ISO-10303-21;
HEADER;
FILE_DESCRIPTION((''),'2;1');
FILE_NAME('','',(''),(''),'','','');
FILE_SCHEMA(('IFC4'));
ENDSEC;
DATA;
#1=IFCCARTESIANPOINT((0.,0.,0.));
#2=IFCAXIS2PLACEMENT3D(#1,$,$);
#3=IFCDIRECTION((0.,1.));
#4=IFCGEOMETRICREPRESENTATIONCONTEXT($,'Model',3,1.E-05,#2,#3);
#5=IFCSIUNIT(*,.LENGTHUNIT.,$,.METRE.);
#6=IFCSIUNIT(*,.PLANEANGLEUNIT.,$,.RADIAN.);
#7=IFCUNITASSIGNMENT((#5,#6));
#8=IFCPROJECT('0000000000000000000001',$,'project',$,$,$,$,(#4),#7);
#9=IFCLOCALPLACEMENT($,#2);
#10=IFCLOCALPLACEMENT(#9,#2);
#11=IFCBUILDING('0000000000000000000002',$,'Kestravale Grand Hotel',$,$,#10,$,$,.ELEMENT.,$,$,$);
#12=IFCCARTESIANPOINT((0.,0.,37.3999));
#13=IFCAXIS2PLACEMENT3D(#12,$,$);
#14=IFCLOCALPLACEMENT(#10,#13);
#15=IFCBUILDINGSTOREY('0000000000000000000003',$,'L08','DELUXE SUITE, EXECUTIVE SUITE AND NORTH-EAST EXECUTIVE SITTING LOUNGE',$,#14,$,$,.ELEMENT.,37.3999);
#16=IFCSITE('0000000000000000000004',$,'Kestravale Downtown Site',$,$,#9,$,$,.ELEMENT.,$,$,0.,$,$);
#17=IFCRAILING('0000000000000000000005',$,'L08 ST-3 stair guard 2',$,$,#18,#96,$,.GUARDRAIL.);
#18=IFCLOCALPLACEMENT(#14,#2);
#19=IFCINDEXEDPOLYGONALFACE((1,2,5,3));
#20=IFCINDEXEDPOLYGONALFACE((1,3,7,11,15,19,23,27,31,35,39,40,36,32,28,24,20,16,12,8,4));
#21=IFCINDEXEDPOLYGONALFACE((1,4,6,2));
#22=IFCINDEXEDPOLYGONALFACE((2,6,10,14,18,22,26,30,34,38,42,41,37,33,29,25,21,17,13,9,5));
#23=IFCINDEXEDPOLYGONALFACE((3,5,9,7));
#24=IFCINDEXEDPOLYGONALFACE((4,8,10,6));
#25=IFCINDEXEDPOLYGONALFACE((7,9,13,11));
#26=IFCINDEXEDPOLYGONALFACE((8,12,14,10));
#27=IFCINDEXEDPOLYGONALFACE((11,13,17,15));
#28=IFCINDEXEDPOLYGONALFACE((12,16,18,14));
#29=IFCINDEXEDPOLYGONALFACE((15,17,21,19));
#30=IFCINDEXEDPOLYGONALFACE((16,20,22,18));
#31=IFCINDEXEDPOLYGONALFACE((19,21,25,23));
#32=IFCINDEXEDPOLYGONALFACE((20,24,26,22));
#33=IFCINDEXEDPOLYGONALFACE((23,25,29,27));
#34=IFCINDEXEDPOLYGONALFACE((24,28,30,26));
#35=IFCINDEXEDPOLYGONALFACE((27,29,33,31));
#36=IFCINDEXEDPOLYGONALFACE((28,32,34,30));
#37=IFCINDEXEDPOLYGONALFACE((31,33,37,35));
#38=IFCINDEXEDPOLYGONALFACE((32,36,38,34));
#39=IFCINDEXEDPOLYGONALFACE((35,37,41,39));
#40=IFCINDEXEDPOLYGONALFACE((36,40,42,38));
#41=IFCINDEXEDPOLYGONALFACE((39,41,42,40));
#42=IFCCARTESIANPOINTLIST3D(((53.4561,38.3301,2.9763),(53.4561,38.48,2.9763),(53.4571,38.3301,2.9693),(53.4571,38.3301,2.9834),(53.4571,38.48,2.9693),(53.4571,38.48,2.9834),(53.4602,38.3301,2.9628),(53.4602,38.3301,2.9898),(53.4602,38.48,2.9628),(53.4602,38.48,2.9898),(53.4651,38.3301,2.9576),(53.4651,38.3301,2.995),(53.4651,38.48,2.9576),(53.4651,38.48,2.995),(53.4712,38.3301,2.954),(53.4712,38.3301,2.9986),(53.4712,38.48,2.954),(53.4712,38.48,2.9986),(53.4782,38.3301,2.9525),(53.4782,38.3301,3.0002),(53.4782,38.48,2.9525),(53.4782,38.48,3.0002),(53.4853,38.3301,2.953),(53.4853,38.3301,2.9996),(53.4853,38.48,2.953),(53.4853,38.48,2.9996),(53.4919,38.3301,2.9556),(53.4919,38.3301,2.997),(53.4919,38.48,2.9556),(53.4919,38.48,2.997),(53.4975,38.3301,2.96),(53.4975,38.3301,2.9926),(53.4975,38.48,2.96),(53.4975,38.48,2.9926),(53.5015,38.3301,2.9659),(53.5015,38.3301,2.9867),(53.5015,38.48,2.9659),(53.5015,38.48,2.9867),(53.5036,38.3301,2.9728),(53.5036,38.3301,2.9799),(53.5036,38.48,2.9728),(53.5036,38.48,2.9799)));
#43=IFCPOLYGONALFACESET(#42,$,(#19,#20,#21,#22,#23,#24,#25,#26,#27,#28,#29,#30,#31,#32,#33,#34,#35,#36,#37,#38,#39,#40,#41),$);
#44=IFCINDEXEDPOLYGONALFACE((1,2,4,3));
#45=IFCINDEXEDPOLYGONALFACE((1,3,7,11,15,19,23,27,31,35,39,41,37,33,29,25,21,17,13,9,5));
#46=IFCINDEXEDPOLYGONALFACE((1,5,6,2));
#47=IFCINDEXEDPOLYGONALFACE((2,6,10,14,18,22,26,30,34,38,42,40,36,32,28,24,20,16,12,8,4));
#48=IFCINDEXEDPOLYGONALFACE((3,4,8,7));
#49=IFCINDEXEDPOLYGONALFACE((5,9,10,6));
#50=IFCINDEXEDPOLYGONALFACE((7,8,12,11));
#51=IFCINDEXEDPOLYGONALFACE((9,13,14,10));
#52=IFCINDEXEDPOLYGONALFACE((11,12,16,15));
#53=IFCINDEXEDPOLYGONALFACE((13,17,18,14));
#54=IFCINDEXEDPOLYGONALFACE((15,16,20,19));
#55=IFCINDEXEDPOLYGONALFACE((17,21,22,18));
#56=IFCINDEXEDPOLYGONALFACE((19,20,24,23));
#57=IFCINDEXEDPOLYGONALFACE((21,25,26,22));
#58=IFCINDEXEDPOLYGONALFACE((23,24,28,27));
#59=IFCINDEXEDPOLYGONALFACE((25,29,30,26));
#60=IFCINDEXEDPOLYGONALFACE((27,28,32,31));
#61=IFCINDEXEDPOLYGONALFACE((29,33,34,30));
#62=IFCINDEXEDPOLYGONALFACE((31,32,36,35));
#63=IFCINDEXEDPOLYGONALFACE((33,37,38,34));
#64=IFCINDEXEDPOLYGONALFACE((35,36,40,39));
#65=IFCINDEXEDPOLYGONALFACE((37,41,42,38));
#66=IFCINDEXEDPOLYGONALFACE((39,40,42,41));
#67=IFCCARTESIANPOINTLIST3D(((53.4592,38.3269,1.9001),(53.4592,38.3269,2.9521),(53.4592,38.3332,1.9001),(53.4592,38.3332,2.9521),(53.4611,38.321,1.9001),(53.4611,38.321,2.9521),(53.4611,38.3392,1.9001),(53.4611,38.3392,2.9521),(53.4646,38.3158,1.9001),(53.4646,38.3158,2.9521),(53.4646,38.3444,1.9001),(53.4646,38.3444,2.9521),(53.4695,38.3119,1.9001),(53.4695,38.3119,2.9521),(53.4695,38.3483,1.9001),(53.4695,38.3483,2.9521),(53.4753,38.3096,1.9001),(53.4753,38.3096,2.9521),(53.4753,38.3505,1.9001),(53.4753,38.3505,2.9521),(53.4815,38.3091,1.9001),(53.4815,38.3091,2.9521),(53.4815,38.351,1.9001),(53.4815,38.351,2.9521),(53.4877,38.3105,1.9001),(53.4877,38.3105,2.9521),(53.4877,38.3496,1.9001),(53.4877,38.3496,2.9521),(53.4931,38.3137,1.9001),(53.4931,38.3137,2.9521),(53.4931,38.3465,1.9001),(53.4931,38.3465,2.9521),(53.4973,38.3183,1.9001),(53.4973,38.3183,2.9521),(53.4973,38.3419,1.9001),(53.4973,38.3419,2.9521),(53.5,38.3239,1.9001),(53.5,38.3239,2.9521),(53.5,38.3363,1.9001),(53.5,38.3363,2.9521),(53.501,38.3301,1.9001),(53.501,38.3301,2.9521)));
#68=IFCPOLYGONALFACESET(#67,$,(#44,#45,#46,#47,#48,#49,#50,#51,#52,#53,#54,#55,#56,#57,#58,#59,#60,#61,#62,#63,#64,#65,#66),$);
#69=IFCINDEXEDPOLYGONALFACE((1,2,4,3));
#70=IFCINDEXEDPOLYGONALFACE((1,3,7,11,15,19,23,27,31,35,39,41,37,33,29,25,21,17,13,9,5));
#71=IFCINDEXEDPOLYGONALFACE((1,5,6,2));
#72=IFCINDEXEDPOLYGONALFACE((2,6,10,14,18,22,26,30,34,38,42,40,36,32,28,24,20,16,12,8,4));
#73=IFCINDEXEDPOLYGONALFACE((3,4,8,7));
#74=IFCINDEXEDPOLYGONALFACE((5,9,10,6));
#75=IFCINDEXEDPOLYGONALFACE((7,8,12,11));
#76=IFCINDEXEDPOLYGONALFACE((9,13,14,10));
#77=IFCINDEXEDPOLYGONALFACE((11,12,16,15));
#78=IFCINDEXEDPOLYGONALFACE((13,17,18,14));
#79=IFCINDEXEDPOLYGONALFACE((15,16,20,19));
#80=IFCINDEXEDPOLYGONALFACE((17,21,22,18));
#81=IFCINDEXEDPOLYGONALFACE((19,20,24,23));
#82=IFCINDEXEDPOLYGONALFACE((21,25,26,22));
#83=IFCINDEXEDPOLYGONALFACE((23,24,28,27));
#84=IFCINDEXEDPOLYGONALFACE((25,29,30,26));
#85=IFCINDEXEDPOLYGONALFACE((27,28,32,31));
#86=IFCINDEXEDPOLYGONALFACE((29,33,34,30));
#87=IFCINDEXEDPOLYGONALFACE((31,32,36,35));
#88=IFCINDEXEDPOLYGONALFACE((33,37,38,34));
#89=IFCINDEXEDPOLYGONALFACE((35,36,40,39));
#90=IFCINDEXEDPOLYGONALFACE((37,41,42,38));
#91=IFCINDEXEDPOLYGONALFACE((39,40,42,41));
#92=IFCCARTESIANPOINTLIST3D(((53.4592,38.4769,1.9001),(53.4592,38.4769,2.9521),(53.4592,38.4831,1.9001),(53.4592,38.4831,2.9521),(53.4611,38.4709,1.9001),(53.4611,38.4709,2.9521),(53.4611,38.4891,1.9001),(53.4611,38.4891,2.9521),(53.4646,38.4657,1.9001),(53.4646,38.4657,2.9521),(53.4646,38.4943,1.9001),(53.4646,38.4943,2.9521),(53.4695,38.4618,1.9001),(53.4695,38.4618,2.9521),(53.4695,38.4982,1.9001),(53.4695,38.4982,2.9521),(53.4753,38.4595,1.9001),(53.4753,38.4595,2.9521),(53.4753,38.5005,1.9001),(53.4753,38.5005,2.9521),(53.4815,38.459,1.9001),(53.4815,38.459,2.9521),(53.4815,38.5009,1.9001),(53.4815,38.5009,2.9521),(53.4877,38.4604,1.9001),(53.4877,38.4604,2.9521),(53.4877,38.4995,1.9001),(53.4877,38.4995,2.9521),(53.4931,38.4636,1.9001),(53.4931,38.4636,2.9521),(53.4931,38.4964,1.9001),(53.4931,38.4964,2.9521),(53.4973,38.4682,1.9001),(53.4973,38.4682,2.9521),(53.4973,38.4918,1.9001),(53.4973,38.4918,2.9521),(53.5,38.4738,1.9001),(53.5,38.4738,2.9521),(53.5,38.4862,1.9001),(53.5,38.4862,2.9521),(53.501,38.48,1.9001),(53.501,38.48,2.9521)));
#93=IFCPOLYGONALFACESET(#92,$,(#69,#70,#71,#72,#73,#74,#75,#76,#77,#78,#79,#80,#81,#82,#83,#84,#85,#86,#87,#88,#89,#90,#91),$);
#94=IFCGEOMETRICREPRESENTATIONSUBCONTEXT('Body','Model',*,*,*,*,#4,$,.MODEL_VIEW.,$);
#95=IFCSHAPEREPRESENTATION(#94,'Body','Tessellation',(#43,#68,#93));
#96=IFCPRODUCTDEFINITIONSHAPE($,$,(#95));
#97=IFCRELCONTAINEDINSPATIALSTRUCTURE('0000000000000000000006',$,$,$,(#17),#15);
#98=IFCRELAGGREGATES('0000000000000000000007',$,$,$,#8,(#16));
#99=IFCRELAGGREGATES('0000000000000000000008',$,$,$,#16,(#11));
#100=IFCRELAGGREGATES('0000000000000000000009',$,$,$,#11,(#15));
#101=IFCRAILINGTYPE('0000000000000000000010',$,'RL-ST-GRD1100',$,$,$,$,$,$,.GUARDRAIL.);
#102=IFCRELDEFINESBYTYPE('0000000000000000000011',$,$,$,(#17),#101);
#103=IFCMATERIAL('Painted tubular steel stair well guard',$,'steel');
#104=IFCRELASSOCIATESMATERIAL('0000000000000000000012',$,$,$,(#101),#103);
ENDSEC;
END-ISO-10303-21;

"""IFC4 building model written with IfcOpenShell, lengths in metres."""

from ifc_helpers import new_model, si_unit, direction, frame, origin, origin_2d, place, context, subcontext, project, spatial, circle, extrude, material, type_object, element, save


model = new_model("IFC4")

# Units and contexts
model_context = context("Model", 3, precision=1e-05, world=origin(), true_north=direction((0.0, 1.0)))
body_context = subcontext(model_context, "Body", "Model", "MODEL_VIEW")
ifc_project = project(units=[si_unit("LENGTHUNIT", "METRE"), si_unit("PLANEANGLEUNIT", "RADIAN")], contexts=[model_context])

# Site, building, storey
site_placement = place(None, origin())
site = spatial("IfcSite", under=ifc_project, at=site_placement, Name="Kestravale Downtown Site", CompositionType="ELEMENT", RefElevation=0.0)
building_placement = place(site_placement, origin())
building = spatial("IfcBuilding", under=site, at=building_placement, Name="Kestravale Grand Hotel", CompositionType="ELEMENT")
storey_placement = place(building_placement, frame((0.0, 0.0, 37.3999)))
storey = spatial("IfcBuildingStorey", under=building, at=storey_placement, Name="L08", Description="DELUXE SUITE, EXECUTIVE SUITE AND NORTH-EAST EXECUTIVE SITTING LOUNGE", CompositionType="ELEMENT", Elevation=37.3999)

# Railing
ifc_material_1 = material(Name="Painted tubular steel stair well guard", Category="steel")
railing_type_1 = type_object("IfcRailingType", Name="RL-ST-GRD1100", PredefinedType="GUARDRAIL", material=ifc_material_1)
railing_1_placement = place(storey_placement, frame((53.48, 38.3301, 1.9001)))
element("IfcRailing", 1, at=railing_1_placement, inside=storey, type_object=railing_type_1, Name="L08 ST-3 stair guard 2", PredefinedType="GUARDRAIL", context=body_context, shape_type="SweptSolid", body=[
    extrude(circle(Radius=0.0239, at=origin_2d()), frame((0.0, 0.0, 1.0762), z_axis=(0.0, 1.0, 0.0), x_axis=(-1.0, 0.0, 0.0)), (0.0, 0.0, 1.0), 0.1499),
    extrude(circle(Radius=0.021, at=origin_2d()), origin(), (0.0, 0.0, 1.0), 1.052),
    extrude(circle(Radius=0.021, at=origin_2d()), frame((0.0, 0.1499, 0.0)), (0.0, 0.0, 1.0), 1.052),
])

save(model, "model.ifc")
